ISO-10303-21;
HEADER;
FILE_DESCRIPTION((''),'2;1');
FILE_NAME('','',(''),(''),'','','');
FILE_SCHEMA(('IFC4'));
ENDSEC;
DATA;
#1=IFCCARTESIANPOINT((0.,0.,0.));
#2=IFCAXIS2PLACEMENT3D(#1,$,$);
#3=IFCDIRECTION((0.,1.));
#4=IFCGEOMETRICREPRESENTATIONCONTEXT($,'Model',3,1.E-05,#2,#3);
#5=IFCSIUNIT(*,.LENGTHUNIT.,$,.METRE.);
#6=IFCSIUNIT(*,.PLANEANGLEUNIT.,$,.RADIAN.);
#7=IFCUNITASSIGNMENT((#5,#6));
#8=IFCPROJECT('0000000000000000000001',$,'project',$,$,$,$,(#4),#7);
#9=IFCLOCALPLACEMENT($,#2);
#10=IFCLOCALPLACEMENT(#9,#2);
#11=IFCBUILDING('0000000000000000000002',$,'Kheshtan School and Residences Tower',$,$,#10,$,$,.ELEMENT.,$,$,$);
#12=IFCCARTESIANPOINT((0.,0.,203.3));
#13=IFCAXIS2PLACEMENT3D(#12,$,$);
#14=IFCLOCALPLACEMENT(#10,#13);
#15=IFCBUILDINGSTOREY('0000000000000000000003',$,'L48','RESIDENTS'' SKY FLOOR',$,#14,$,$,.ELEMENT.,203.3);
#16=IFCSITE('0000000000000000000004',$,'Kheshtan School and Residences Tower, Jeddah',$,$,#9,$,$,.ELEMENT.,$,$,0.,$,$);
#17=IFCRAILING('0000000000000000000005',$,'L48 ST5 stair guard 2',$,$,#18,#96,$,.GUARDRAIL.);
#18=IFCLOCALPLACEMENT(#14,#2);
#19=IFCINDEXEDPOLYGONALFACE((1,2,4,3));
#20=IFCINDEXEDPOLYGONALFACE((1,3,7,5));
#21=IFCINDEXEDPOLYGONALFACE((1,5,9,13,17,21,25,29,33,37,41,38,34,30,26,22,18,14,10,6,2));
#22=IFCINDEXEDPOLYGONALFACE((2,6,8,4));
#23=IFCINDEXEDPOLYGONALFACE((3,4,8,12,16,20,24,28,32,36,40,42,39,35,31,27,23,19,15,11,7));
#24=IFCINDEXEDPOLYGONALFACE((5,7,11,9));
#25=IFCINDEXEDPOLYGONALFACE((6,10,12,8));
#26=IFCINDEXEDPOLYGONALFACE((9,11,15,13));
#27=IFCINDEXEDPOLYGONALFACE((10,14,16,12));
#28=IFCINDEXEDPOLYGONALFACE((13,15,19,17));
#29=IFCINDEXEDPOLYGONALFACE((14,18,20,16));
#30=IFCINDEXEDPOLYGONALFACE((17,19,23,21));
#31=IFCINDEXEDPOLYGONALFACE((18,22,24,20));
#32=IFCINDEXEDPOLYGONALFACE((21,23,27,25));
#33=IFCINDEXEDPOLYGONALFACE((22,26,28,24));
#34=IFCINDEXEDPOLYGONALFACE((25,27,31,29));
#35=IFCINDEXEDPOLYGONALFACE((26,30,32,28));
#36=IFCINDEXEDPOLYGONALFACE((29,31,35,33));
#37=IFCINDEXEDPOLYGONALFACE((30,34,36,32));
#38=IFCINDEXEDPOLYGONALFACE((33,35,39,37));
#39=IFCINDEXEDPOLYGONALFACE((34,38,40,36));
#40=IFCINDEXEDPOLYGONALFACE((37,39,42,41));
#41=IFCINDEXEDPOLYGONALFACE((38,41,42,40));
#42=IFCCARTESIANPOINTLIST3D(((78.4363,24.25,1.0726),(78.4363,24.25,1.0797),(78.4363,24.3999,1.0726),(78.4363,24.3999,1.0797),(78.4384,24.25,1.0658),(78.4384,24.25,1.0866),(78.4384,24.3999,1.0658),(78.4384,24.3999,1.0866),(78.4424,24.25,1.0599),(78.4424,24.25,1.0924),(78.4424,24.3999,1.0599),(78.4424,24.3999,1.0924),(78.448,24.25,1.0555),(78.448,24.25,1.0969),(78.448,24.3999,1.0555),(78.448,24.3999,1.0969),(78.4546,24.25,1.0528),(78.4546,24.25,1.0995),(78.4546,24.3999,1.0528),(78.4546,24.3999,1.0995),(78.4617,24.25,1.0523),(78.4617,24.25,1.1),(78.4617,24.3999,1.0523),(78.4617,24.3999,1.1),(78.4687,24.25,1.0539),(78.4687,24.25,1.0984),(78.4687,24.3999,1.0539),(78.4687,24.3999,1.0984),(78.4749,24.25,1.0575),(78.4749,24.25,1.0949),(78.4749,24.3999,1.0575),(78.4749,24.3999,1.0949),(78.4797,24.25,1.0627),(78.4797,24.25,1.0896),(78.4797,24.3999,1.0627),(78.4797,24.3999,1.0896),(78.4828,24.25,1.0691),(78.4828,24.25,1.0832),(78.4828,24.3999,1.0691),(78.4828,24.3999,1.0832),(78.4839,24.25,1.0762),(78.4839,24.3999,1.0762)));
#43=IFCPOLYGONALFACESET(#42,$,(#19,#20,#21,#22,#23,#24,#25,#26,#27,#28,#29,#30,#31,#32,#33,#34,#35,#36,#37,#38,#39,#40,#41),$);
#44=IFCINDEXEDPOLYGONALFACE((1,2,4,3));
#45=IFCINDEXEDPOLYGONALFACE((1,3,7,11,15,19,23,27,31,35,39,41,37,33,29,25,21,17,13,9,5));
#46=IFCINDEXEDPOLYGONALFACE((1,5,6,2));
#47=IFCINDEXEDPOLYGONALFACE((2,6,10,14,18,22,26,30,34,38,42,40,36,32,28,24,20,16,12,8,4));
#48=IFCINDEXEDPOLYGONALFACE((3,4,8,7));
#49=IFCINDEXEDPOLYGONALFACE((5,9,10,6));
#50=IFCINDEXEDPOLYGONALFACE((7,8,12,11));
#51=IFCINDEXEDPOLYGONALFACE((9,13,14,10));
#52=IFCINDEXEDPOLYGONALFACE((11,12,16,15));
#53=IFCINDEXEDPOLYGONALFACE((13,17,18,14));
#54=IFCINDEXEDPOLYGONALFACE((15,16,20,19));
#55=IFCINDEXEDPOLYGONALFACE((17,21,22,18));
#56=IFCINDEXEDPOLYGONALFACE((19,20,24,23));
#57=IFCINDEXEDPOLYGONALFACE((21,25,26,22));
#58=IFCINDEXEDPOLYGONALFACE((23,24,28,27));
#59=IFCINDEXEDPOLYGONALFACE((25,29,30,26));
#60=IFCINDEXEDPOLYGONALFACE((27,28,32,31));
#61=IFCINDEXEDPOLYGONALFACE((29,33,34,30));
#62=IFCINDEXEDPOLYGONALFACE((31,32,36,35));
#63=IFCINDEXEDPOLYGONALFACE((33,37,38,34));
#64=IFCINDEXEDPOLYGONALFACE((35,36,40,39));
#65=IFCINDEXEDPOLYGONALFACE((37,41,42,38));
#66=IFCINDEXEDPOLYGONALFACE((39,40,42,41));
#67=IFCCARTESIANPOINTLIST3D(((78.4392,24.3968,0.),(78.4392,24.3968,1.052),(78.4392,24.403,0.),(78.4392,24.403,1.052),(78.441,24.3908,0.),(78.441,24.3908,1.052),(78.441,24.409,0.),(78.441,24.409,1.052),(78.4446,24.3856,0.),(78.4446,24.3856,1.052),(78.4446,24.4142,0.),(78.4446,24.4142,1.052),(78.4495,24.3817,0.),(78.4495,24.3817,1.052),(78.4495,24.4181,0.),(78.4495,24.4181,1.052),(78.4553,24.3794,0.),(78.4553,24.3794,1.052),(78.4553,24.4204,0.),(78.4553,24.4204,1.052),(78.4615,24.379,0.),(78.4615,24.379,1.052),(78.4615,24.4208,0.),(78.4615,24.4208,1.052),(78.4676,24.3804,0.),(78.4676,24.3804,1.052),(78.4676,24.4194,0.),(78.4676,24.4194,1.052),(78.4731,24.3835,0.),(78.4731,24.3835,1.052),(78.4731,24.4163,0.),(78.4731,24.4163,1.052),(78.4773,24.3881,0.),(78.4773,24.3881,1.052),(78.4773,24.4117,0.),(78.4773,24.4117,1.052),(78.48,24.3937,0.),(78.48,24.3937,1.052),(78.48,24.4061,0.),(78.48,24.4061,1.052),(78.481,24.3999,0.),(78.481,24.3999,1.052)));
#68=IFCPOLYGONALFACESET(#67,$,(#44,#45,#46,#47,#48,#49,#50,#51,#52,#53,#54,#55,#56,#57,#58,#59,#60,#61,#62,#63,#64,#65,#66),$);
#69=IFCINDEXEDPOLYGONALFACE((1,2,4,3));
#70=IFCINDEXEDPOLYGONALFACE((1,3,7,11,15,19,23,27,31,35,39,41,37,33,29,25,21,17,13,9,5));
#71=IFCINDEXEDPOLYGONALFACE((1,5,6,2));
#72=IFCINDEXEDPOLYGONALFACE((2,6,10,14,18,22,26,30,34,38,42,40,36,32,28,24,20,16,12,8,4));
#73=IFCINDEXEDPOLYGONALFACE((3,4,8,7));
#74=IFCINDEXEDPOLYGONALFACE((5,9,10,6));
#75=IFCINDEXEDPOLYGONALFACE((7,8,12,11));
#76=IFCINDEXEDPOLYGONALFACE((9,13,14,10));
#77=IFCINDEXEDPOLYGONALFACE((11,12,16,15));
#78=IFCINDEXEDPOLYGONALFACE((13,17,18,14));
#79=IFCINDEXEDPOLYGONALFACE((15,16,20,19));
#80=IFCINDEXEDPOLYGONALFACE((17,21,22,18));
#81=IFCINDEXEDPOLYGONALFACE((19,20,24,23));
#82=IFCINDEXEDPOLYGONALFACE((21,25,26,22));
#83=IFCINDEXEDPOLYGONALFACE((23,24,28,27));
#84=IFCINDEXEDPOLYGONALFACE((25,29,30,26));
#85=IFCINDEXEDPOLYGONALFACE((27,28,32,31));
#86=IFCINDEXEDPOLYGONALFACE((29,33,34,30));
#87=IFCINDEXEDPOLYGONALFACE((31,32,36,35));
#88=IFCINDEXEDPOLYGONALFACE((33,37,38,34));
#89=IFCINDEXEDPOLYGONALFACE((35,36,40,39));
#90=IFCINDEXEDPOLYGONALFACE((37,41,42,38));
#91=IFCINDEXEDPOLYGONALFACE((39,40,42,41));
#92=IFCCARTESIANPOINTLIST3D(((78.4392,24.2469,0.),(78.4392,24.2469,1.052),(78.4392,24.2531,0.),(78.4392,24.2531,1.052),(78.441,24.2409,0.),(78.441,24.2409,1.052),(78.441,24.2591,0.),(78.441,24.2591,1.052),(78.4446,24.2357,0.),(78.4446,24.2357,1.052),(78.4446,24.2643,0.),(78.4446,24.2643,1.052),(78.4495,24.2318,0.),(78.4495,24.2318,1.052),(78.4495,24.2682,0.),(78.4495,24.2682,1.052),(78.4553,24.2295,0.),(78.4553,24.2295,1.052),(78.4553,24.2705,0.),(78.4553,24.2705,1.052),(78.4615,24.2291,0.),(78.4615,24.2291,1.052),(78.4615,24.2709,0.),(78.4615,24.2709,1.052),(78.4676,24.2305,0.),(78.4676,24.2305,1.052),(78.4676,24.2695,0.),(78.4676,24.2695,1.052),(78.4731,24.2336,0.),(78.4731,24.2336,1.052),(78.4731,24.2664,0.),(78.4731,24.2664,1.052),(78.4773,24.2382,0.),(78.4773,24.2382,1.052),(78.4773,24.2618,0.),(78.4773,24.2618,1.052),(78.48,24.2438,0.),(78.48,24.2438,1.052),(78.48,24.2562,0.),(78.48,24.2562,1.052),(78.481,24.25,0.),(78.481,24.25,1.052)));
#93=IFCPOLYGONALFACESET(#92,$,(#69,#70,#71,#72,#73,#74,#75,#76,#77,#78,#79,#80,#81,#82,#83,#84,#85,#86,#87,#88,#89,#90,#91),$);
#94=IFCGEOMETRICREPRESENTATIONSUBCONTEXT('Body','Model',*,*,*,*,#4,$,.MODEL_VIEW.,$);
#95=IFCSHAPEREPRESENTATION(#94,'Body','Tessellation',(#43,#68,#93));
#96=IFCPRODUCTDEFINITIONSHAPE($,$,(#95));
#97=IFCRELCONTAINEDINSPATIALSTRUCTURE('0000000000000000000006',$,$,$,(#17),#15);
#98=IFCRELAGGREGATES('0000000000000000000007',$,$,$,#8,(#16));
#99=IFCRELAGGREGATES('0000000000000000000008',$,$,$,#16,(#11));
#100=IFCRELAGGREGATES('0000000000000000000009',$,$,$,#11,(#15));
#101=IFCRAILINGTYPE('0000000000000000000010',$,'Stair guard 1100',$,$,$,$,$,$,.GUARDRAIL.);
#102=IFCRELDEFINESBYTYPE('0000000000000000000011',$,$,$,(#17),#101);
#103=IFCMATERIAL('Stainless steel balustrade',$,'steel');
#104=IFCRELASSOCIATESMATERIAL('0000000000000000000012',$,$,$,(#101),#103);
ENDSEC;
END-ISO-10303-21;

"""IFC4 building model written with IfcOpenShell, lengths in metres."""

from ifc_helpers import new_model, si_unit, direction, frame, origin, origin_2d, place, context, subcontext, project, spatial, circle, extrude, material, type_object, element, save


model = new_model("IFC4")

# Units and contexts
model_context = context("Model", 3, precision=1e-05, world=origin(), true_north=direction((0.0, 1.0)))
body_context = subcontext(model_context, "Body", "Model", "MODEL_VIEW")
ifc_project = project(units=[si_unit("LENGTHUNIT", "METRE"), si_unit("PLANEANGLEUNIT", "RADIAN")], contexts=[model_context])

# Site, building, storey
site_placement = place(None, origin())
site = spatial("IfcSite", under=ifc_project, at=site_placement, Name="Kheshtan School and Residences Tower, Jeddah", CompositionType="ELEMENT", RefElevation=0.0)
building_placement = place(site_placement, origin())
building = spatial("IfcBuilding", under=site, at=building_placement, Name="Kheshtan School and Residences Tower", CompositionType="ELEMENT")
storey_placement = place(building_placement, frame((0.0, 0.0, 203.3)))
storey = spatial("IfcBuildingStorey", under=building, at=storey_placement, Name="L48", Description="RESIDENTS' SKY FLOOR", CompositionType="ELEMENT", Elevation=203.3)

# Railing
ifc_material_1 = material(Name="Stainless steel balustrade", Category="steel")
railing_type_1 = type_object("IfcRailingType", Name="Stair guard 1100", PredefinedType="GUARDRAIL", material=ifc_material_1)
railing_1_placement = place(storey_placement, frame((78.46, 24.3999, 0.0)))
element("IfcRailing", 1, at=railing_1_placement, inside=storey, type_object=railing_type_1, Name="L48 ST5 stair guard 2", PredefinedType="GUARDRAIL", context=body_context, shape_type="SweptSolid", body=[
    extrude(circle(Radius=0.0239, at=origin_2d()), frame((0.0, 0.0, 1.0762), z_axis=(0.0, -1.0, 0.0), x_axis=(1.0, 0.0, 0.0)), (0.0, 0.0, 1.0), 0.1499),
    extrude(circle(Radius=0.021, at=origin_2d()), origin(), (0.0, 0.0, 1.0), 1.052),
    extrude(circle(Radius=0.021, at=origin_2d()), frame((0.0, -0.1499, 0.0)), (0.0, 0.0, 1.0), 1.052),
])

save(model, "model.ifc")
